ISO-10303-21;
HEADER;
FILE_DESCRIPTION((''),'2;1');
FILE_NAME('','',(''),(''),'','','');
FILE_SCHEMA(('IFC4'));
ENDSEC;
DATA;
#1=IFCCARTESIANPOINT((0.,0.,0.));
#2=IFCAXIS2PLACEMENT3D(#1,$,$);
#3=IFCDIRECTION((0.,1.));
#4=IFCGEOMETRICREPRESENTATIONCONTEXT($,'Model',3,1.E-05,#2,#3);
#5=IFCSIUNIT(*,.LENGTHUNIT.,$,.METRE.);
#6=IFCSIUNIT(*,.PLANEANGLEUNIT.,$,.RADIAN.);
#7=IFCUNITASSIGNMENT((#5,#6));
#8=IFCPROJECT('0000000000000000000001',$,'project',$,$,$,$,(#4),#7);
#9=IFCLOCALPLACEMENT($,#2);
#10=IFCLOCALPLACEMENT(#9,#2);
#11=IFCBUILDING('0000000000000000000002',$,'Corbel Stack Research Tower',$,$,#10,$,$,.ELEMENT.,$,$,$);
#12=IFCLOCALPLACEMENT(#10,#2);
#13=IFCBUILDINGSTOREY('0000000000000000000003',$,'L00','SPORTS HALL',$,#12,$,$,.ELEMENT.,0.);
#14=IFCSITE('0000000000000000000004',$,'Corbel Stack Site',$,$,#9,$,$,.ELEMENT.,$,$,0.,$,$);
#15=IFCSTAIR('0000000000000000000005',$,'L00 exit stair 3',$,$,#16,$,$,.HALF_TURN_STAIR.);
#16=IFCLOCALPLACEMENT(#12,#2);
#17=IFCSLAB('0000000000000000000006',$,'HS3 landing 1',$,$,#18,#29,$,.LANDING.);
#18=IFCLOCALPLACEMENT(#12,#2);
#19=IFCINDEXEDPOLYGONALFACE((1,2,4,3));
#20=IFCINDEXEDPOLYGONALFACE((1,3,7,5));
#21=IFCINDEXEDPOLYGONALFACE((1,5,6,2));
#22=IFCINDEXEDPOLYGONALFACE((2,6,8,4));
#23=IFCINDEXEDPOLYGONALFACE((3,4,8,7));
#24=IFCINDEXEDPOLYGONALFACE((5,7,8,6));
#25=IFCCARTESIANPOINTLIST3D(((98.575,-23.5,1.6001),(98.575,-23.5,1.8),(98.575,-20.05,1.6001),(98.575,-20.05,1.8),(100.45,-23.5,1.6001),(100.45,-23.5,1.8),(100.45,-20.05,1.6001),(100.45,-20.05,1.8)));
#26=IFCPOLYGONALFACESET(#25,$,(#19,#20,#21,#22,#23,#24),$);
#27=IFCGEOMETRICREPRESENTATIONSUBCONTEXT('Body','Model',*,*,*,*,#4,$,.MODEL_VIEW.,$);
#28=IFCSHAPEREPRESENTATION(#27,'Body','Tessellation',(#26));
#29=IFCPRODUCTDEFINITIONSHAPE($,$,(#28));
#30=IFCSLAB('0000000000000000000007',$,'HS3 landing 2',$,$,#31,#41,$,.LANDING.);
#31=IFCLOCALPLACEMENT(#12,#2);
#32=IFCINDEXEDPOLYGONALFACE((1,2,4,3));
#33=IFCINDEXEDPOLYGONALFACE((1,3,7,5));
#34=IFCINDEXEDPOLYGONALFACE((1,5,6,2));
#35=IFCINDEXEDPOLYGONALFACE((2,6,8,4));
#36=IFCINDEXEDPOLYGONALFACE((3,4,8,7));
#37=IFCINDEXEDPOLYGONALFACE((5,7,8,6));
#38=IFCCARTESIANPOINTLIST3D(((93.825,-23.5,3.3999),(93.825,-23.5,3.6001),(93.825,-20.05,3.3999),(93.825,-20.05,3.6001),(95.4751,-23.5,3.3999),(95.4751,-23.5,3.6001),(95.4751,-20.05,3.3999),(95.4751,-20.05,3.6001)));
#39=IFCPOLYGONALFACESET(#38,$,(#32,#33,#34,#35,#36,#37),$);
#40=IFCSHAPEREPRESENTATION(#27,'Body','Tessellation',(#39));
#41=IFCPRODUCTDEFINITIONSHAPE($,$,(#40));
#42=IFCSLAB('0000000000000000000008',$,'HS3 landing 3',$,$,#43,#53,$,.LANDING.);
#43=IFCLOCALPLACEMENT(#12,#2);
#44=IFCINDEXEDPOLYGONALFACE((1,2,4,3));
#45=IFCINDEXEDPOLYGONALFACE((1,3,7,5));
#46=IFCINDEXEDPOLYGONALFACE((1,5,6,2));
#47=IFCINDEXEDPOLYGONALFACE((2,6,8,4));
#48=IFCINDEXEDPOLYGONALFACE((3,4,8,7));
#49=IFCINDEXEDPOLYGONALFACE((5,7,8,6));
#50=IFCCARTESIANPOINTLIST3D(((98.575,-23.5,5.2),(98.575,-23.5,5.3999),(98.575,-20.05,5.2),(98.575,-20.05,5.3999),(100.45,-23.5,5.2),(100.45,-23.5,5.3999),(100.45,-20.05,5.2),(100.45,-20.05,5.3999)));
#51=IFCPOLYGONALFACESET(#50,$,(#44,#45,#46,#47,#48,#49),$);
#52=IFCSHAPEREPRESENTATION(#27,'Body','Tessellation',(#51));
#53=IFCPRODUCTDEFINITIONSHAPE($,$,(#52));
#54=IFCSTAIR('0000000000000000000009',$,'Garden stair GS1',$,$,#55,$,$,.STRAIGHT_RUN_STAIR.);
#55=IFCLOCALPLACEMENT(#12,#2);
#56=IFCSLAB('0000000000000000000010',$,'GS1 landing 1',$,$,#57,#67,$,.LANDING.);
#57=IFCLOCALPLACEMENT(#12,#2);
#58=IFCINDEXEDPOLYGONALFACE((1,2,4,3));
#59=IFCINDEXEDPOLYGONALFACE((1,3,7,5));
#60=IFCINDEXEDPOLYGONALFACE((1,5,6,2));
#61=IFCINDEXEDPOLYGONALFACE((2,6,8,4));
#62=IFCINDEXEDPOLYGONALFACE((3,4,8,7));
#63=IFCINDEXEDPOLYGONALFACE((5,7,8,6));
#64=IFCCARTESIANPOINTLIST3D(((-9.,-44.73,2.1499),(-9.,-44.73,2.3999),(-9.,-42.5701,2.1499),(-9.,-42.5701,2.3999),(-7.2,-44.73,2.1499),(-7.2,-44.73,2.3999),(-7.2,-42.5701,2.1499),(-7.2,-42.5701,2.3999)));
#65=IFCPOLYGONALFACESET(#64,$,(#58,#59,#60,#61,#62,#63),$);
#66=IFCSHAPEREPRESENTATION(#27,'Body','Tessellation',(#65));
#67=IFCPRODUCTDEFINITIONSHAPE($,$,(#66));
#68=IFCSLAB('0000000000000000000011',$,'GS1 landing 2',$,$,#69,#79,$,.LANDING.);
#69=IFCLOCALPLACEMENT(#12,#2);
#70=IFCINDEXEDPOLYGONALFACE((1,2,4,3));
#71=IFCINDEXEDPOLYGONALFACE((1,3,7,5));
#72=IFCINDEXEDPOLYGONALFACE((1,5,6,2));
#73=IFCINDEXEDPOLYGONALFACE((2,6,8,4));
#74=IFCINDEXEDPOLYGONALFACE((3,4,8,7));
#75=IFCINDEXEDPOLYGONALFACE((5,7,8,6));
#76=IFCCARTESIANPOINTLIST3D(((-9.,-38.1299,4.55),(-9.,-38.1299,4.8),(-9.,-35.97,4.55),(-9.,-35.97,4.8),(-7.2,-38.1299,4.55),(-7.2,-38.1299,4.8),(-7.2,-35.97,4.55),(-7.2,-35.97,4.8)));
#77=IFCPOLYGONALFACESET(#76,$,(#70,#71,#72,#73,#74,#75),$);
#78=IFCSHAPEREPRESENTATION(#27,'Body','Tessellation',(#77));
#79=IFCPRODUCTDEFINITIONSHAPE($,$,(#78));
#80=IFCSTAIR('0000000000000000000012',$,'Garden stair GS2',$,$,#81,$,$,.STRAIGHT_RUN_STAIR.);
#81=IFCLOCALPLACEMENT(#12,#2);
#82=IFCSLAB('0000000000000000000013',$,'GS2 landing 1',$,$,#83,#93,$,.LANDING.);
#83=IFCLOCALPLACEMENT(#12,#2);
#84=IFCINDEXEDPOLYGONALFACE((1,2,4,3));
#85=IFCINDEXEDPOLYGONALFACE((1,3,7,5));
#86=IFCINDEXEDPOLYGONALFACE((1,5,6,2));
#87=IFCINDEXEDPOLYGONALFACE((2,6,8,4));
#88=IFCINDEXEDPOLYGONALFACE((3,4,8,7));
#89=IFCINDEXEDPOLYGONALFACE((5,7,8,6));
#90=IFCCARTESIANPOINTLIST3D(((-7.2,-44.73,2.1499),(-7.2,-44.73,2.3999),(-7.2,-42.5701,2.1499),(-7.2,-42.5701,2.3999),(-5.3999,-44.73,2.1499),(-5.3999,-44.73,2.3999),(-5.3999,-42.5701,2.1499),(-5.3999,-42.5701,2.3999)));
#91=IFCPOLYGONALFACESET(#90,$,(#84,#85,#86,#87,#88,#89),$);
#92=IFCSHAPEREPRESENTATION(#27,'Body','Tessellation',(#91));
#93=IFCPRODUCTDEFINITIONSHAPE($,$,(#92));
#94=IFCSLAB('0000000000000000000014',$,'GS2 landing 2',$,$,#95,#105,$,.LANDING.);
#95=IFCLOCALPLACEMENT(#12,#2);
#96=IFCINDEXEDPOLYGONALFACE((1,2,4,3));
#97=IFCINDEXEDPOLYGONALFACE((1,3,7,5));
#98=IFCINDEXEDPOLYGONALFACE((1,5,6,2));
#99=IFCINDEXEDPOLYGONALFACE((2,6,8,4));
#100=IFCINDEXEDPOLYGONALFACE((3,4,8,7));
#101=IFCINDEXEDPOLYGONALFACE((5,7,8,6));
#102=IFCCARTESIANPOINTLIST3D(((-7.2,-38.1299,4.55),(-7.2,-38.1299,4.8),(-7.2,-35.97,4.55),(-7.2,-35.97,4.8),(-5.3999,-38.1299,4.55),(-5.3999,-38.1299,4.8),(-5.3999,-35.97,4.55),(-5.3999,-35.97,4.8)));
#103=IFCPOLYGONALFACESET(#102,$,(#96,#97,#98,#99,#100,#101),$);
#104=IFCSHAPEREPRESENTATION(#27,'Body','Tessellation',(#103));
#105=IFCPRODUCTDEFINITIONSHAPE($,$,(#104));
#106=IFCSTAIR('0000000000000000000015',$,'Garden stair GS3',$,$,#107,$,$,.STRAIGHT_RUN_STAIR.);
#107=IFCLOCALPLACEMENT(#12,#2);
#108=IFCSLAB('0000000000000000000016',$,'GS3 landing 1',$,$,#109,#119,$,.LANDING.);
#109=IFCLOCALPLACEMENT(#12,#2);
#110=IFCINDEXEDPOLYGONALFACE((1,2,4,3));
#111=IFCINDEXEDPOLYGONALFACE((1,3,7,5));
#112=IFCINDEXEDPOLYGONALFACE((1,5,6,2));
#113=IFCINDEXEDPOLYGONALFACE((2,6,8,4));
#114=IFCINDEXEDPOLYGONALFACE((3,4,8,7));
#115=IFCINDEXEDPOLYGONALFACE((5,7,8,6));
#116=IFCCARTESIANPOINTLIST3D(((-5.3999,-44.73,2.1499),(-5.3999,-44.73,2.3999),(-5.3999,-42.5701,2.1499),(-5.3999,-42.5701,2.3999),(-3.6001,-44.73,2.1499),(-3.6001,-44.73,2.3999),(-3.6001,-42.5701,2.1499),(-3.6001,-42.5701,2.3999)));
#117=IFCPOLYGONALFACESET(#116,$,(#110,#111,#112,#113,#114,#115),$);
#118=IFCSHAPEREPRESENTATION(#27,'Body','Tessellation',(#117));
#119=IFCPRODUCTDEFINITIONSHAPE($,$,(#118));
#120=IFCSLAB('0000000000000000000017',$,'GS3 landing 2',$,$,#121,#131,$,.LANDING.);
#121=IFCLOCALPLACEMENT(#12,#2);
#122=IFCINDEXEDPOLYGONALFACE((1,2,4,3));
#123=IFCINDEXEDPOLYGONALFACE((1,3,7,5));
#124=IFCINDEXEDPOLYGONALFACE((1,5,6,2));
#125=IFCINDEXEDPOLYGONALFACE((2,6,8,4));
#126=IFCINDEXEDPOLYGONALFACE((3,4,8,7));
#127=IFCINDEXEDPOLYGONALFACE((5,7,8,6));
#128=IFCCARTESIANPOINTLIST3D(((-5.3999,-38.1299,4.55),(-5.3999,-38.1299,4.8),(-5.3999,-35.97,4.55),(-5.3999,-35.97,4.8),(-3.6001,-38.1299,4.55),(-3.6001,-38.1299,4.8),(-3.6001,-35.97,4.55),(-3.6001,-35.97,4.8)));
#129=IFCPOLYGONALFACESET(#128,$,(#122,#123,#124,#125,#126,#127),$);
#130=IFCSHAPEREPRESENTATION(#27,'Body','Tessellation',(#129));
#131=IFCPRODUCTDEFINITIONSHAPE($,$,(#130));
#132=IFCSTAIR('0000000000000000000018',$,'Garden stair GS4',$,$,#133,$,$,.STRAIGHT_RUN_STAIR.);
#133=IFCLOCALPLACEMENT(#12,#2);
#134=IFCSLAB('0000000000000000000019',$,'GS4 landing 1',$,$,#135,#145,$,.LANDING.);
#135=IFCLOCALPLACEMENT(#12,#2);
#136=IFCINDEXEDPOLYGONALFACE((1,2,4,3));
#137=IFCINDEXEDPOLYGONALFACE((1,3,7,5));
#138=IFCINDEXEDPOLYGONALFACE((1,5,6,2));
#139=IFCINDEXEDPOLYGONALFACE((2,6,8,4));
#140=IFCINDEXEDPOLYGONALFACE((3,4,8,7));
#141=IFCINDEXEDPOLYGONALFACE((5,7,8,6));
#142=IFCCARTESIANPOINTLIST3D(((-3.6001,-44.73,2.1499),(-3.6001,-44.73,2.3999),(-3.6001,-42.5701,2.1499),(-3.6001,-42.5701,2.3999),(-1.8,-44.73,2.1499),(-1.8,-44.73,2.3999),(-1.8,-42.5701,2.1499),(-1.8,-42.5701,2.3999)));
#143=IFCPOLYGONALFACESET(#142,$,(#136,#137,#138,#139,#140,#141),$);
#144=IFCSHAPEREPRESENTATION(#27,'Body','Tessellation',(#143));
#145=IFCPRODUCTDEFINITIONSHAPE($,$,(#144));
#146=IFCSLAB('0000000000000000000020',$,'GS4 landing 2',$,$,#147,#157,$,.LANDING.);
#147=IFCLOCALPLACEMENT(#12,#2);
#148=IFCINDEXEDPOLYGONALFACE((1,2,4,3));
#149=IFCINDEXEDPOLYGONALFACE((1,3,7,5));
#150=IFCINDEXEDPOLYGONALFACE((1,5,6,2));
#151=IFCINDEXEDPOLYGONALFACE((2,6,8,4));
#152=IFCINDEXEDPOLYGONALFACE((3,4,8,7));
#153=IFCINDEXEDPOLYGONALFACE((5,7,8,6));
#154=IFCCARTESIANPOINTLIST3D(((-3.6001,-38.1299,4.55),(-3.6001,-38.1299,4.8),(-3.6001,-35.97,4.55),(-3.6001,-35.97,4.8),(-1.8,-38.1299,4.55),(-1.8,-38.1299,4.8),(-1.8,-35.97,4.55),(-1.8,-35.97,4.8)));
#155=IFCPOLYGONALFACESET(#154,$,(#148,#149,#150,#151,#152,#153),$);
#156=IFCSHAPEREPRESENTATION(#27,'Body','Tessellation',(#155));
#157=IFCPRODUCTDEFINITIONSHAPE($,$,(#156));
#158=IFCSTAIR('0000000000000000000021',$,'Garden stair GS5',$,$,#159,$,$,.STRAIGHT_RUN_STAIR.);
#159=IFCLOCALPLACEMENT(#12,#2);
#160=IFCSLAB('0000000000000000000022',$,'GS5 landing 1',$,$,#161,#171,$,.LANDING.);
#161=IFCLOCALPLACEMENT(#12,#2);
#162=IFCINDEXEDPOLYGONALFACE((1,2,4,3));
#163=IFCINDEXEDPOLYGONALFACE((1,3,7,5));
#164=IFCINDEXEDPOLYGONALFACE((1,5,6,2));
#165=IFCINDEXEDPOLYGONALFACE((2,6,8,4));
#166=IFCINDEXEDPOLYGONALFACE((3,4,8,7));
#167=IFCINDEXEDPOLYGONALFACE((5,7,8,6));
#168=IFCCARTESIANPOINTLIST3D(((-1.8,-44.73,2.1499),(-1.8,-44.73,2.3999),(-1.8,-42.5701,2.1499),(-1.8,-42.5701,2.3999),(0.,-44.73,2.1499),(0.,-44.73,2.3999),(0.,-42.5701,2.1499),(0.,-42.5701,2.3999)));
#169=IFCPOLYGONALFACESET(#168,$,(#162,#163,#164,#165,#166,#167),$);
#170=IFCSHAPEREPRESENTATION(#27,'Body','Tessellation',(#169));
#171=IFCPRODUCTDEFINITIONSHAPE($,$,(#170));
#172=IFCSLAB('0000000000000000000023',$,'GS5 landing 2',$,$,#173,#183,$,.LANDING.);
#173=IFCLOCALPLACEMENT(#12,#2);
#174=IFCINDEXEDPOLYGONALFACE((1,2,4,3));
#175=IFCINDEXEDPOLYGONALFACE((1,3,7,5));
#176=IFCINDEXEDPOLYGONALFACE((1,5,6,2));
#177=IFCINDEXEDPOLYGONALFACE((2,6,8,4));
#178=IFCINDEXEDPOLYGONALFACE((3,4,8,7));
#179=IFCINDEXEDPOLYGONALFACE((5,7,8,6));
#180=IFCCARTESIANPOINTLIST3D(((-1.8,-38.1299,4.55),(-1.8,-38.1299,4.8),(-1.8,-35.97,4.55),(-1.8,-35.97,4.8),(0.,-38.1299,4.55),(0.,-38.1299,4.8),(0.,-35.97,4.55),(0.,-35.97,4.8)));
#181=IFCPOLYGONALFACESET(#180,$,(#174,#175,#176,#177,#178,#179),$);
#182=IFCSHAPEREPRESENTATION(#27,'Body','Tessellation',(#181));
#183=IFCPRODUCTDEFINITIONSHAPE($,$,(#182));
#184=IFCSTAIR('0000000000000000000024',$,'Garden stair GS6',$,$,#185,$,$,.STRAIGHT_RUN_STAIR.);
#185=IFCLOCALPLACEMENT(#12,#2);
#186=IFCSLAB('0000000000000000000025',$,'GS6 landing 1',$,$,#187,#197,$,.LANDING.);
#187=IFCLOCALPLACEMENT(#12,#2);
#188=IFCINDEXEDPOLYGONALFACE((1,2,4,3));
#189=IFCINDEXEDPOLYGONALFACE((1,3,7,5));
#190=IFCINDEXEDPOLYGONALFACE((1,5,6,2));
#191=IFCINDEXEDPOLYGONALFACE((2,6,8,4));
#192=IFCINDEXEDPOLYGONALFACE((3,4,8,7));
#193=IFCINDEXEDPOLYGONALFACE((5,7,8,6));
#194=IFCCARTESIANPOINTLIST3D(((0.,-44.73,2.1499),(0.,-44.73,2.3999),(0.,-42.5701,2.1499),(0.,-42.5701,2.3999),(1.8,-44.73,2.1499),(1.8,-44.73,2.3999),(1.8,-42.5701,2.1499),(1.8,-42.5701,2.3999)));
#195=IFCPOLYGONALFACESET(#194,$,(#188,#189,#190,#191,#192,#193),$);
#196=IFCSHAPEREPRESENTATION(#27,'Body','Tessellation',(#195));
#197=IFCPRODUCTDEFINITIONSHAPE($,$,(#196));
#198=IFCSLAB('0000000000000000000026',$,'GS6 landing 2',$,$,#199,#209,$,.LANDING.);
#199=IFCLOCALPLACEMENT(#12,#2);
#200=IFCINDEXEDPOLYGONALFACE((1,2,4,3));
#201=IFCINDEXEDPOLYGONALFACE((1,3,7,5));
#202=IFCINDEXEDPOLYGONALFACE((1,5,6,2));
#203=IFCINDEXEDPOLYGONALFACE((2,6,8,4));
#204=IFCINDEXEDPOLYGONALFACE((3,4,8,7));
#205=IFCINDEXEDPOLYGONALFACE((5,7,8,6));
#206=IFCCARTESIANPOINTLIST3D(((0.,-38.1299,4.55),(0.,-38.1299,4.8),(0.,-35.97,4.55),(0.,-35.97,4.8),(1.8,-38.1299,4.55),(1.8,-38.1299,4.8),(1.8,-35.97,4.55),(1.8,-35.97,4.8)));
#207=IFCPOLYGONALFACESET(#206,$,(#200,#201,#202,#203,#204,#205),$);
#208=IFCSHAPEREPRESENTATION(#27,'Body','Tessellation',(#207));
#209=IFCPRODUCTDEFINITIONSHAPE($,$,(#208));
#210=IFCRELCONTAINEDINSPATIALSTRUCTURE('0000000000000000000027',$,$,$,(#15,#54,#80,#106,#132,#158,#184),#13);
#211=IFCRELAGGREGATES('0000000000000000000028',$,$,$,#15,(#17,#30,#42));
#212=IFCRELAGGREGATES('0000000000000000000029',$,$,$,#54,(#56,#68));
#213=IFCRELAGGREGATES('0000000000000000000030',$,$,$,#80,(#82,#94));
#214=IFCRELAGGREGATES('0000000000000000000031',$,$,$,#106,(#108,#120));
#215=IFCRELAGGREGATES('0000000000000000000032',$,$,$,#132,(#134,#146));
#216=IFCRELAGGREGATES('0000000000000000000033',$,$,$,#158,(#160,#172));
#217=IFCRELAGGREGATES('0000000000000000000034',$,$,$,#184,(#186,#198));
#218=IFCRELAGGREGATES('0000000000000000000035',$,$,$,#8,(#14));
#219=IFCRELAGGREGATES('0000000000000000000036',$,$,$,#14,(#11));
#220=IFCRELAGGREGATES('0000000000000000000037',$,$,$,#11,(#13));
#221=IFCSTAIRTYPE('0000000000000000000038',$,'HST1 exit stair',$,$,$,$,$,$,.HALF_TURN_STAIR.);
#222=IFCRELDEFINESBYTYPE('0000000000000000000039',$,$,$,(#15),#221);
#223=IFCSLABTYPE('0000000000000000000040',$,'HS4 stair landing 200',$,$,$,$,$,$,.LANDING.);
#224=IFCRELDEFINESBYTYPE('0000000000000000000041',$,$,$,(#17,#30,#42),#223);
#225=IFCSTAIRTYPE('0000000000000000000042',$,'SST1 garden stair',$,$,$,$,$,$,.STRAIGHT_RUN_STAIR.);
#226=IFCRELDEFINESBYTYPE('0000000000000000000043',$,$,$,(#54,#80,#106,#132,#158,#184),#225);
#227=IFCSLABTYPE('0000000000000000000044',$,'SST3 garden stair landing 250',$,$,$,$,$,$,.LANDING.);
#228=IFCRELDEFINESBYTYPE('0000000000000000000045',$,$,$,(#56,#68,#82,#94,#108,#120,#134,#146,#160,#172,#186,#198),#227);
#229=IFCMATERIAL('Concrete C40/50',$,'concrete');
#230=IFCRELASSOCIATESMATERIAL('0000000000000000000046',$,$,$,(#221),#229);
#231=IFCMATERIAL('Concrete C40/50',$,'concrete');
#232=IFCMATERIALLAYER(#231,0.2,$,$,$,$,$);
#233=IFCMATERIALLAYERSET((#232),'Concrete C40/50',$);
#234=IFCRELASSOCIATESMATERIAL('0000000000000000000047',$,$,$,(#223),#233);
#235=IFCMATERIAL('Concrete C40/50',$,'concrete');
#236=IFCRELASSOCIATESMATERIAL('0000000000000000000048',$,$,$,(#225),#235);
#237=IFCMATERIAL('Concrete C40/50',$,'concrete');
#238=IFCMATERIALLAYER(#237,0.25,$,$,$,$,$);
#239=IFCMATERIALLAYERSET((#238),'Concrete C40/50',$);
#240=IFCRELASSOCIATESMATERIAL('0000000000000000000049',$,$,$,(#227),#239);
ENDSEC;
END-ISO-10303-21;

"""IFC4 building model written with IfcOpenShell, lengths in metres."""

from ifc_helpers import new_model, si_unit, direction, frame, origin, place, context, subcontext, project, spatial, polyline, outline, extrude, material, layer, layer_set, type_object, element, aggregate, save


model = new_model("IFC4")

# Units and contexts
model_context = context("Model", 3, precision=1e-05, world=origin(), true_north=direction((0.0, 1.0)))
body_context = subcontext(model_context, "Body", "Model", "MODEL_VIEW")
ifc_project = project(units=[si_unit("LENGTHUNIT", "METRE"), si_unit("PLANEANGLEUNIT", "RADIAN")], contexts=[model_context])

# Site, building, storey
site_placement = place(None, origin())
site = spatial("IfcSite", under=ifc_project, at=site_placement, Name="Corbel Stack Site", CompositionType="ELEMENT", RefElevation=0.0)
building_placement = place(site_placement, origin())
building = spatial("IfcBuilding", under=site, at=building_placement, Name="Corbel Stack Research Tower", CompositionType="ELEMENT")
storey_placement = place(building_placement, origin())
storey = spatial("IfcBuildingStorey", under=building, at=storey_placement, Name="L00", Description="SPORTS HALL", CompositionType="ELEMENT", Elevation=0.0)

# Stairs, slabs
ifc_material_1 = material(Name="Concrete C40/50", Category="concrete")
stair_type_1 = type_object("IfcStairType", Name="HST1 exit stair", PredefinedType="HALF_TURN_STAIR", material=ifc_material_1)
ifc_material_2 = material(Name="Concrete C40/50", Category="concrete")
ifc_layer_1 = layer(ifc_material_2, 0.2)
ifc_layer_set_1 = layer_set([ifc_layer_1], Name="Concrete C40/50")
slab_type_1 = type_object("IfcSlabType", Name="HS4 stair landing 200", PredefinedType="LANDING", material=ifc_layer_set_1)
stair_1_placement = place(storey_placement, origin())
stair_1 = element("IfcStair", 1, at=stair_1_placement, inside=storey, type_object=stair_type_1, Name="L00 exit stair 3", PredefinedType="HALF_TURN_STAIR")
slab_1_placement = place(storey_placement, frame((0.0, 0.0, 1.6001)))
slab_1 = element("IfcSlab", 2, at=slab_1_placement, type_object=slab_type_1, Name="HS3 landing 1", PredefinedType="LANDING", context=body_context, shape_type="SweptSolid", body=[
    extrude(outline(polyline([(98.575, -23.5), (100.45, -23.5), (100.45, -20.05), (98.575, -20.05), (98.575, -23.5)])), origin(), (0.0, 0.0, 1.0), 0.2),
])
slab_2_placement = place(storey_placement, frame((0.0, 0.0, 3.3999)))
slab_2 = element("IfcSlab", 3, at=slab_2_placement, type_object=slab_type_1, Name="HS3 landing 2", PredefinedType="LANDING", context=body_context, shape_type="SweptSolid", body=[
    extrude(outline(polyline([(93.825, -23.5), (95.4751, -23.5), (95.4751, -20.05), (93.825, -20.05), (93.825, -23.5)])), origin(), (0.0, 0.0, 1.0), 0.2002),
])
slab_3_placement = place(storey_placement, frame((0.0, 0.0, 5.2)))
slab_3 = element("IfcSlab", 4, at=slab_3_placement, type_object=slab_type_1, Name="HS3 landing 3", PredefinedType="LANDING", context=body_context, shape_type="SweptSolid", body=[
    extrude(outline(polyline([(98.575, -23.5), (100.45, -23.5), (100.45, -20.05), (98.575, -20.05), (98.575, -23.5)])), origin(), (0.0, 0.0, 1.0), 0.2),
])
aggregate(stair_1, [slab_1, slab_2, slab_3])
ifc_material_3 = material(Name="Concrete C40/50", Category="concrete")
stair_type_2 = type_object("IfcStairType", Name="SST1 garden stair", PredefinedType="STRAIGHT_RUN_STAIR", material=ifc_material_3)
stair_2_placement = place(storey_placement, origin())
stair_2 = element("IfcStair", 5, at=stair_2_placement, inside=storey, type_object=stair_type_2, Name="Garden stair GS1", PredefinedType="STRAIGHT_RUN_STAIR")
ifc_material_4 = material(Name="Concrete C40/50", Category="concrete")
ifc_layer_2 = layer(ifc_material_4, 0.25)
ifc_layer_set_2 = layer_set([ifc_layer_2], Name="Concrete C40/50")
slab_type_2 = type_object("IfcSlabType", Name="SST3 garden stair landing 250", PredefinedType="LANDING", material=ifc_layer_set_2)
slab_4_placement = place(storey_placement, frame((0.0, 0.0, 2.1499)))
slab_4 = element("IfcSlab", 6, at=slab_4_placement, type_object=slab_type_2, Name="GS1 landing 1", PredefinedType="LANDING", context=body_context, shape_type="SweptSolid", body=[
    extrude(outline(polyline([(-9.0, -44.73), (-7.2, -44.73), (-7.2, -42.5701), (-9.0, -42.5701), (-9.0, -44.73)])), origin(), (0.0, 0.0, 1.0), 0.25),
])
slab_5_placement = place(storey_placement, frame((0.0, 0.0, 4.55)))
slab_5 = element("IfcSlab", 7, at=slab_5_placement, type_object=slab_type_2, Name="GS1 landing 2", PredefinedType="LANDING", context=body_context, shape_type="SweptSolid", body=[
    extrude(outline(polyline([(-9.0, -38.1299), (-7.2, -38.1299), (-7.2, -35.97), (-9.0, -35.97), (-9.0, -38.1299)])), origin(), (0.0, 0.0, 1.0), 0.25),
])
aggregate(stair_2, [slab_4, slab_5])
stair_3_placement = place(storey_placement, origin())
stair_3 = element("IfcStair", 8, at=stair_3_placement, inside=storey, type_object=stair_type_2, Name="Garden stair GS2", PredefinedType="STRAIGHT_RUN_STAIR")
slab_6_placement = place(storey_placement, frame((0.0, 0.0, 2.1499)))
slab_6 = element("IfcSlab", 9, at=slab_6_placement, type_object=slab_type_2, Name="GS2 landing 1", PredefinedType="LANDING", context=body_context, shape_type="SweptSolid", body=[
    extrude(outline(polyline([(-7.2, -44.73), (-5.3999, -44.73), (-5.3999, -42.5701), (-7.2, -42.5701), (-7.2, -44.73)])), origin(), (0.0, 0.0, 1.0), 0.25),
])
slab_7_placement = place(storey_placement, frame((0.0, 0.0, 4.55)))
slab_7 = element("IfcSlab", 10, at=slab_7_placement, type_object=slab_type_2, Name="GS2 landing 2", PredefinedType="LANDING", context=body_context, shape_type="SweptSolid", body=[
    extrude(outline(polyline([(-7.2, -38.1299), (-5.3999, -38.1299), (-5.3999, -35.97), (-7.2, -35.97), (-7.2, -38.1299)])), origin(), (0.0, 0.0, 1.0), 0.25),
])
aggregate(stair_3, [slab_6, slab_7])
stair_4_placement = place(storey_placement, origin())
stair_4 = element("IfcStair", 11, at=stair_4_placement, inside=storey, type_object=stair_type_2, Name="Garden stair GS3", PredefinedType="STRAIGHT_RUN_STAIR")
slab_8_placement = place(storey_placement, frame((0.0, 0.0, 2.1499)))
slab_8 = element("IfcSlab", 12, at=slab_8_placement, type_object=slab_type_2, Name="GS3 landing 1", PredefinedType="LANDING", context=body_context, shape_type="SweptSolid", body=[
    extrude(outline(polyline([(-5.3999, -44.73), (-3.6001, -44.73), (-3.6001, -42.5701), (-5.3999, -42.5701), (-5.3999, -44.73)])), origin(), (0.0, 0.0, 1.0), 0.25),
])
slab_9_placement = place(storey_placement, frame((0.0, 0.0, 4.55)))
slab_9 = element("IfcSlab", 13, at=slab_9_placement, type_object=slab_type_2, Name="GS3 landing 2", PredefinedType="LANDING", context=body_context, shape_type="SweptSolid", body=[
    extrude(outline(polyline([(-5.3999, -38.1299), (-3.6001, -38.1299), (-3.6001, -35.97), (-5.3999, -35.97), (-5.3999, -38.1299)])), origin(), (0.0, 0.0, 1.0), 0.25),
])
aggregate(stair_4, [slab_8, slab_9])
stair_5_placement = place(storey_placement, origin())
stair_5 = element("IfcStair", 14, at=stair_5_placement, inside=storey, type_object=stair_type_2, Name="Garden stair GS4", PredefinedType="STRAIGHT_RUN_STAIR")
slab_10_placement = place(storey_placement, frame((0.0, 0.0, 2.1499)))
slab_10 = element("IfcSlab", 15, at=slab_10_placement, type_object=slab_type_2, Name="GS4 landing 1", PredefinedType="LANDING", context=body_context, shape_type="SweptSolid", body=[
    extrude(outline(polyline([(-3.6001, -44.73), (-1.8, -44.73), (-1.8, -42.5701), (-3.6001, -42.5701), (-3.6001, -44.73)])), origin(), (0.0, 0.0, 1.0), 0.25),
])
slab_11_placement = place(storey_placement, frame((0.0, 0.0, 4.55)))
slab_11 = element("IfcSlab", 16, at=slab_11_placement, type_object=slab_type_2, Name="GS4 landing 2", PredefinedType="LANDING", context=body_context, shape_type="SweptSolid", body=[
    extrude(outline(polyline([(-3.6001, -38.1299), (-1.8, -38.1299), (-1.8, -35.97), (-3.6001, -35.97), (-3.6001, -38.1299)])), origin(), (0.0, 0.0, 1.0), 0.25),
])
aggregate(stair_5, [slab_10, slab_11])
stair_6_placement = place(storey_placement, origin())
stair_6 = element("IfcStair", 17, at=stair_6_placement, inside=storey, type_object=stair_type_2, Name="Garden stair GS5", PredefinedType="STRAIGHT_RUN_STAIR")
slab_12_placement = place(storey_placement, frame((0.0, 0.0, 2.1499)))
slab_12 = element("IfcSlab", 18, at=slab_12_placement, type_object=slab_type_2, Name="GS5 landing 1", PredefinedType="LANDING", context=body_context, shape_type="SweptSolid", body=[
    extrude(outline(polyline([(-1.8, -44.73), (0.0, -44.73), (0.0, -42.5701), (-1.8, -42.5701), (-1.8, -44.73)])), origin(), (0.0, 0.0, 1.0), 0.25),
])
slab_13_placement = place(storey_placement, frame((0.0, 0.0, 4.55)))
slab_13 = element("IfcSlab", 19, at=slab_13_placement, type_object=slab_type_2, Name="GS5 landing 2", PredefinedType="LANDING", context=body_context, shape_type="SweptSolid", body=[
    extrude(outline(polyline([(-1.8, -38.1299), (0.0, -38.1299), (0.0, -35.97), (-1.8, -35.97), (-1.8, -38.1299)])), origin(), (0.0, 0.0, 1.0), 0.25),
])
aggregate(stair_6, [slab_12, slab_13])
stair_7_placement = place(storey_placement, origin())
stair_7 = element("IfcStair", 20, at=stair_7_placement, inside=storey, type_object=stair_type_2, Name="Garden stair GS6", PredefinedType="STRAIGHT_RUN_STAIR")
slab_14_placement = place(storey_placement, frame((0.0, 0.0, 2.1499)))
slab_14 = element("IfcSlab", 21, at=slab_14_placement, type_object=slab_type_2, Name="GS6 landing 1", PredefinedType="LANDING", context=body_context, shape_type="SweptSolid", body=[
    extrude(outline(polyline([(0.0, -44.73), (1.8, -44.73), (1.8, -42.5701), (0.0, -42.5701), (0.0, -44.73)])), origin(), (0.0, 0.0, 1.0), 0.25),
])
slab_15_placement = place(storey_placement, frame((0.0, 0.0, 4.55)))
slab_15 = element("IfcSlab", 22, at=slab_15_placement, type_object=slab_type_2, Name="GS6 landing 2", PredefinedType="LANDING", context=body_context, shape_type="SweptSolid", body=[
    extrude(outline(polyline([(0.0, -38.1299), (1.8, -38.1299), (1.8, -35.97), (0.0, -35.97), (0.0, -38.1299)])), origin(), (0.0, 0.0, 1.0), 0.25),
])
aggregate(stair_7, [slab_14, slab_15])

save(model, "model.ifc")
